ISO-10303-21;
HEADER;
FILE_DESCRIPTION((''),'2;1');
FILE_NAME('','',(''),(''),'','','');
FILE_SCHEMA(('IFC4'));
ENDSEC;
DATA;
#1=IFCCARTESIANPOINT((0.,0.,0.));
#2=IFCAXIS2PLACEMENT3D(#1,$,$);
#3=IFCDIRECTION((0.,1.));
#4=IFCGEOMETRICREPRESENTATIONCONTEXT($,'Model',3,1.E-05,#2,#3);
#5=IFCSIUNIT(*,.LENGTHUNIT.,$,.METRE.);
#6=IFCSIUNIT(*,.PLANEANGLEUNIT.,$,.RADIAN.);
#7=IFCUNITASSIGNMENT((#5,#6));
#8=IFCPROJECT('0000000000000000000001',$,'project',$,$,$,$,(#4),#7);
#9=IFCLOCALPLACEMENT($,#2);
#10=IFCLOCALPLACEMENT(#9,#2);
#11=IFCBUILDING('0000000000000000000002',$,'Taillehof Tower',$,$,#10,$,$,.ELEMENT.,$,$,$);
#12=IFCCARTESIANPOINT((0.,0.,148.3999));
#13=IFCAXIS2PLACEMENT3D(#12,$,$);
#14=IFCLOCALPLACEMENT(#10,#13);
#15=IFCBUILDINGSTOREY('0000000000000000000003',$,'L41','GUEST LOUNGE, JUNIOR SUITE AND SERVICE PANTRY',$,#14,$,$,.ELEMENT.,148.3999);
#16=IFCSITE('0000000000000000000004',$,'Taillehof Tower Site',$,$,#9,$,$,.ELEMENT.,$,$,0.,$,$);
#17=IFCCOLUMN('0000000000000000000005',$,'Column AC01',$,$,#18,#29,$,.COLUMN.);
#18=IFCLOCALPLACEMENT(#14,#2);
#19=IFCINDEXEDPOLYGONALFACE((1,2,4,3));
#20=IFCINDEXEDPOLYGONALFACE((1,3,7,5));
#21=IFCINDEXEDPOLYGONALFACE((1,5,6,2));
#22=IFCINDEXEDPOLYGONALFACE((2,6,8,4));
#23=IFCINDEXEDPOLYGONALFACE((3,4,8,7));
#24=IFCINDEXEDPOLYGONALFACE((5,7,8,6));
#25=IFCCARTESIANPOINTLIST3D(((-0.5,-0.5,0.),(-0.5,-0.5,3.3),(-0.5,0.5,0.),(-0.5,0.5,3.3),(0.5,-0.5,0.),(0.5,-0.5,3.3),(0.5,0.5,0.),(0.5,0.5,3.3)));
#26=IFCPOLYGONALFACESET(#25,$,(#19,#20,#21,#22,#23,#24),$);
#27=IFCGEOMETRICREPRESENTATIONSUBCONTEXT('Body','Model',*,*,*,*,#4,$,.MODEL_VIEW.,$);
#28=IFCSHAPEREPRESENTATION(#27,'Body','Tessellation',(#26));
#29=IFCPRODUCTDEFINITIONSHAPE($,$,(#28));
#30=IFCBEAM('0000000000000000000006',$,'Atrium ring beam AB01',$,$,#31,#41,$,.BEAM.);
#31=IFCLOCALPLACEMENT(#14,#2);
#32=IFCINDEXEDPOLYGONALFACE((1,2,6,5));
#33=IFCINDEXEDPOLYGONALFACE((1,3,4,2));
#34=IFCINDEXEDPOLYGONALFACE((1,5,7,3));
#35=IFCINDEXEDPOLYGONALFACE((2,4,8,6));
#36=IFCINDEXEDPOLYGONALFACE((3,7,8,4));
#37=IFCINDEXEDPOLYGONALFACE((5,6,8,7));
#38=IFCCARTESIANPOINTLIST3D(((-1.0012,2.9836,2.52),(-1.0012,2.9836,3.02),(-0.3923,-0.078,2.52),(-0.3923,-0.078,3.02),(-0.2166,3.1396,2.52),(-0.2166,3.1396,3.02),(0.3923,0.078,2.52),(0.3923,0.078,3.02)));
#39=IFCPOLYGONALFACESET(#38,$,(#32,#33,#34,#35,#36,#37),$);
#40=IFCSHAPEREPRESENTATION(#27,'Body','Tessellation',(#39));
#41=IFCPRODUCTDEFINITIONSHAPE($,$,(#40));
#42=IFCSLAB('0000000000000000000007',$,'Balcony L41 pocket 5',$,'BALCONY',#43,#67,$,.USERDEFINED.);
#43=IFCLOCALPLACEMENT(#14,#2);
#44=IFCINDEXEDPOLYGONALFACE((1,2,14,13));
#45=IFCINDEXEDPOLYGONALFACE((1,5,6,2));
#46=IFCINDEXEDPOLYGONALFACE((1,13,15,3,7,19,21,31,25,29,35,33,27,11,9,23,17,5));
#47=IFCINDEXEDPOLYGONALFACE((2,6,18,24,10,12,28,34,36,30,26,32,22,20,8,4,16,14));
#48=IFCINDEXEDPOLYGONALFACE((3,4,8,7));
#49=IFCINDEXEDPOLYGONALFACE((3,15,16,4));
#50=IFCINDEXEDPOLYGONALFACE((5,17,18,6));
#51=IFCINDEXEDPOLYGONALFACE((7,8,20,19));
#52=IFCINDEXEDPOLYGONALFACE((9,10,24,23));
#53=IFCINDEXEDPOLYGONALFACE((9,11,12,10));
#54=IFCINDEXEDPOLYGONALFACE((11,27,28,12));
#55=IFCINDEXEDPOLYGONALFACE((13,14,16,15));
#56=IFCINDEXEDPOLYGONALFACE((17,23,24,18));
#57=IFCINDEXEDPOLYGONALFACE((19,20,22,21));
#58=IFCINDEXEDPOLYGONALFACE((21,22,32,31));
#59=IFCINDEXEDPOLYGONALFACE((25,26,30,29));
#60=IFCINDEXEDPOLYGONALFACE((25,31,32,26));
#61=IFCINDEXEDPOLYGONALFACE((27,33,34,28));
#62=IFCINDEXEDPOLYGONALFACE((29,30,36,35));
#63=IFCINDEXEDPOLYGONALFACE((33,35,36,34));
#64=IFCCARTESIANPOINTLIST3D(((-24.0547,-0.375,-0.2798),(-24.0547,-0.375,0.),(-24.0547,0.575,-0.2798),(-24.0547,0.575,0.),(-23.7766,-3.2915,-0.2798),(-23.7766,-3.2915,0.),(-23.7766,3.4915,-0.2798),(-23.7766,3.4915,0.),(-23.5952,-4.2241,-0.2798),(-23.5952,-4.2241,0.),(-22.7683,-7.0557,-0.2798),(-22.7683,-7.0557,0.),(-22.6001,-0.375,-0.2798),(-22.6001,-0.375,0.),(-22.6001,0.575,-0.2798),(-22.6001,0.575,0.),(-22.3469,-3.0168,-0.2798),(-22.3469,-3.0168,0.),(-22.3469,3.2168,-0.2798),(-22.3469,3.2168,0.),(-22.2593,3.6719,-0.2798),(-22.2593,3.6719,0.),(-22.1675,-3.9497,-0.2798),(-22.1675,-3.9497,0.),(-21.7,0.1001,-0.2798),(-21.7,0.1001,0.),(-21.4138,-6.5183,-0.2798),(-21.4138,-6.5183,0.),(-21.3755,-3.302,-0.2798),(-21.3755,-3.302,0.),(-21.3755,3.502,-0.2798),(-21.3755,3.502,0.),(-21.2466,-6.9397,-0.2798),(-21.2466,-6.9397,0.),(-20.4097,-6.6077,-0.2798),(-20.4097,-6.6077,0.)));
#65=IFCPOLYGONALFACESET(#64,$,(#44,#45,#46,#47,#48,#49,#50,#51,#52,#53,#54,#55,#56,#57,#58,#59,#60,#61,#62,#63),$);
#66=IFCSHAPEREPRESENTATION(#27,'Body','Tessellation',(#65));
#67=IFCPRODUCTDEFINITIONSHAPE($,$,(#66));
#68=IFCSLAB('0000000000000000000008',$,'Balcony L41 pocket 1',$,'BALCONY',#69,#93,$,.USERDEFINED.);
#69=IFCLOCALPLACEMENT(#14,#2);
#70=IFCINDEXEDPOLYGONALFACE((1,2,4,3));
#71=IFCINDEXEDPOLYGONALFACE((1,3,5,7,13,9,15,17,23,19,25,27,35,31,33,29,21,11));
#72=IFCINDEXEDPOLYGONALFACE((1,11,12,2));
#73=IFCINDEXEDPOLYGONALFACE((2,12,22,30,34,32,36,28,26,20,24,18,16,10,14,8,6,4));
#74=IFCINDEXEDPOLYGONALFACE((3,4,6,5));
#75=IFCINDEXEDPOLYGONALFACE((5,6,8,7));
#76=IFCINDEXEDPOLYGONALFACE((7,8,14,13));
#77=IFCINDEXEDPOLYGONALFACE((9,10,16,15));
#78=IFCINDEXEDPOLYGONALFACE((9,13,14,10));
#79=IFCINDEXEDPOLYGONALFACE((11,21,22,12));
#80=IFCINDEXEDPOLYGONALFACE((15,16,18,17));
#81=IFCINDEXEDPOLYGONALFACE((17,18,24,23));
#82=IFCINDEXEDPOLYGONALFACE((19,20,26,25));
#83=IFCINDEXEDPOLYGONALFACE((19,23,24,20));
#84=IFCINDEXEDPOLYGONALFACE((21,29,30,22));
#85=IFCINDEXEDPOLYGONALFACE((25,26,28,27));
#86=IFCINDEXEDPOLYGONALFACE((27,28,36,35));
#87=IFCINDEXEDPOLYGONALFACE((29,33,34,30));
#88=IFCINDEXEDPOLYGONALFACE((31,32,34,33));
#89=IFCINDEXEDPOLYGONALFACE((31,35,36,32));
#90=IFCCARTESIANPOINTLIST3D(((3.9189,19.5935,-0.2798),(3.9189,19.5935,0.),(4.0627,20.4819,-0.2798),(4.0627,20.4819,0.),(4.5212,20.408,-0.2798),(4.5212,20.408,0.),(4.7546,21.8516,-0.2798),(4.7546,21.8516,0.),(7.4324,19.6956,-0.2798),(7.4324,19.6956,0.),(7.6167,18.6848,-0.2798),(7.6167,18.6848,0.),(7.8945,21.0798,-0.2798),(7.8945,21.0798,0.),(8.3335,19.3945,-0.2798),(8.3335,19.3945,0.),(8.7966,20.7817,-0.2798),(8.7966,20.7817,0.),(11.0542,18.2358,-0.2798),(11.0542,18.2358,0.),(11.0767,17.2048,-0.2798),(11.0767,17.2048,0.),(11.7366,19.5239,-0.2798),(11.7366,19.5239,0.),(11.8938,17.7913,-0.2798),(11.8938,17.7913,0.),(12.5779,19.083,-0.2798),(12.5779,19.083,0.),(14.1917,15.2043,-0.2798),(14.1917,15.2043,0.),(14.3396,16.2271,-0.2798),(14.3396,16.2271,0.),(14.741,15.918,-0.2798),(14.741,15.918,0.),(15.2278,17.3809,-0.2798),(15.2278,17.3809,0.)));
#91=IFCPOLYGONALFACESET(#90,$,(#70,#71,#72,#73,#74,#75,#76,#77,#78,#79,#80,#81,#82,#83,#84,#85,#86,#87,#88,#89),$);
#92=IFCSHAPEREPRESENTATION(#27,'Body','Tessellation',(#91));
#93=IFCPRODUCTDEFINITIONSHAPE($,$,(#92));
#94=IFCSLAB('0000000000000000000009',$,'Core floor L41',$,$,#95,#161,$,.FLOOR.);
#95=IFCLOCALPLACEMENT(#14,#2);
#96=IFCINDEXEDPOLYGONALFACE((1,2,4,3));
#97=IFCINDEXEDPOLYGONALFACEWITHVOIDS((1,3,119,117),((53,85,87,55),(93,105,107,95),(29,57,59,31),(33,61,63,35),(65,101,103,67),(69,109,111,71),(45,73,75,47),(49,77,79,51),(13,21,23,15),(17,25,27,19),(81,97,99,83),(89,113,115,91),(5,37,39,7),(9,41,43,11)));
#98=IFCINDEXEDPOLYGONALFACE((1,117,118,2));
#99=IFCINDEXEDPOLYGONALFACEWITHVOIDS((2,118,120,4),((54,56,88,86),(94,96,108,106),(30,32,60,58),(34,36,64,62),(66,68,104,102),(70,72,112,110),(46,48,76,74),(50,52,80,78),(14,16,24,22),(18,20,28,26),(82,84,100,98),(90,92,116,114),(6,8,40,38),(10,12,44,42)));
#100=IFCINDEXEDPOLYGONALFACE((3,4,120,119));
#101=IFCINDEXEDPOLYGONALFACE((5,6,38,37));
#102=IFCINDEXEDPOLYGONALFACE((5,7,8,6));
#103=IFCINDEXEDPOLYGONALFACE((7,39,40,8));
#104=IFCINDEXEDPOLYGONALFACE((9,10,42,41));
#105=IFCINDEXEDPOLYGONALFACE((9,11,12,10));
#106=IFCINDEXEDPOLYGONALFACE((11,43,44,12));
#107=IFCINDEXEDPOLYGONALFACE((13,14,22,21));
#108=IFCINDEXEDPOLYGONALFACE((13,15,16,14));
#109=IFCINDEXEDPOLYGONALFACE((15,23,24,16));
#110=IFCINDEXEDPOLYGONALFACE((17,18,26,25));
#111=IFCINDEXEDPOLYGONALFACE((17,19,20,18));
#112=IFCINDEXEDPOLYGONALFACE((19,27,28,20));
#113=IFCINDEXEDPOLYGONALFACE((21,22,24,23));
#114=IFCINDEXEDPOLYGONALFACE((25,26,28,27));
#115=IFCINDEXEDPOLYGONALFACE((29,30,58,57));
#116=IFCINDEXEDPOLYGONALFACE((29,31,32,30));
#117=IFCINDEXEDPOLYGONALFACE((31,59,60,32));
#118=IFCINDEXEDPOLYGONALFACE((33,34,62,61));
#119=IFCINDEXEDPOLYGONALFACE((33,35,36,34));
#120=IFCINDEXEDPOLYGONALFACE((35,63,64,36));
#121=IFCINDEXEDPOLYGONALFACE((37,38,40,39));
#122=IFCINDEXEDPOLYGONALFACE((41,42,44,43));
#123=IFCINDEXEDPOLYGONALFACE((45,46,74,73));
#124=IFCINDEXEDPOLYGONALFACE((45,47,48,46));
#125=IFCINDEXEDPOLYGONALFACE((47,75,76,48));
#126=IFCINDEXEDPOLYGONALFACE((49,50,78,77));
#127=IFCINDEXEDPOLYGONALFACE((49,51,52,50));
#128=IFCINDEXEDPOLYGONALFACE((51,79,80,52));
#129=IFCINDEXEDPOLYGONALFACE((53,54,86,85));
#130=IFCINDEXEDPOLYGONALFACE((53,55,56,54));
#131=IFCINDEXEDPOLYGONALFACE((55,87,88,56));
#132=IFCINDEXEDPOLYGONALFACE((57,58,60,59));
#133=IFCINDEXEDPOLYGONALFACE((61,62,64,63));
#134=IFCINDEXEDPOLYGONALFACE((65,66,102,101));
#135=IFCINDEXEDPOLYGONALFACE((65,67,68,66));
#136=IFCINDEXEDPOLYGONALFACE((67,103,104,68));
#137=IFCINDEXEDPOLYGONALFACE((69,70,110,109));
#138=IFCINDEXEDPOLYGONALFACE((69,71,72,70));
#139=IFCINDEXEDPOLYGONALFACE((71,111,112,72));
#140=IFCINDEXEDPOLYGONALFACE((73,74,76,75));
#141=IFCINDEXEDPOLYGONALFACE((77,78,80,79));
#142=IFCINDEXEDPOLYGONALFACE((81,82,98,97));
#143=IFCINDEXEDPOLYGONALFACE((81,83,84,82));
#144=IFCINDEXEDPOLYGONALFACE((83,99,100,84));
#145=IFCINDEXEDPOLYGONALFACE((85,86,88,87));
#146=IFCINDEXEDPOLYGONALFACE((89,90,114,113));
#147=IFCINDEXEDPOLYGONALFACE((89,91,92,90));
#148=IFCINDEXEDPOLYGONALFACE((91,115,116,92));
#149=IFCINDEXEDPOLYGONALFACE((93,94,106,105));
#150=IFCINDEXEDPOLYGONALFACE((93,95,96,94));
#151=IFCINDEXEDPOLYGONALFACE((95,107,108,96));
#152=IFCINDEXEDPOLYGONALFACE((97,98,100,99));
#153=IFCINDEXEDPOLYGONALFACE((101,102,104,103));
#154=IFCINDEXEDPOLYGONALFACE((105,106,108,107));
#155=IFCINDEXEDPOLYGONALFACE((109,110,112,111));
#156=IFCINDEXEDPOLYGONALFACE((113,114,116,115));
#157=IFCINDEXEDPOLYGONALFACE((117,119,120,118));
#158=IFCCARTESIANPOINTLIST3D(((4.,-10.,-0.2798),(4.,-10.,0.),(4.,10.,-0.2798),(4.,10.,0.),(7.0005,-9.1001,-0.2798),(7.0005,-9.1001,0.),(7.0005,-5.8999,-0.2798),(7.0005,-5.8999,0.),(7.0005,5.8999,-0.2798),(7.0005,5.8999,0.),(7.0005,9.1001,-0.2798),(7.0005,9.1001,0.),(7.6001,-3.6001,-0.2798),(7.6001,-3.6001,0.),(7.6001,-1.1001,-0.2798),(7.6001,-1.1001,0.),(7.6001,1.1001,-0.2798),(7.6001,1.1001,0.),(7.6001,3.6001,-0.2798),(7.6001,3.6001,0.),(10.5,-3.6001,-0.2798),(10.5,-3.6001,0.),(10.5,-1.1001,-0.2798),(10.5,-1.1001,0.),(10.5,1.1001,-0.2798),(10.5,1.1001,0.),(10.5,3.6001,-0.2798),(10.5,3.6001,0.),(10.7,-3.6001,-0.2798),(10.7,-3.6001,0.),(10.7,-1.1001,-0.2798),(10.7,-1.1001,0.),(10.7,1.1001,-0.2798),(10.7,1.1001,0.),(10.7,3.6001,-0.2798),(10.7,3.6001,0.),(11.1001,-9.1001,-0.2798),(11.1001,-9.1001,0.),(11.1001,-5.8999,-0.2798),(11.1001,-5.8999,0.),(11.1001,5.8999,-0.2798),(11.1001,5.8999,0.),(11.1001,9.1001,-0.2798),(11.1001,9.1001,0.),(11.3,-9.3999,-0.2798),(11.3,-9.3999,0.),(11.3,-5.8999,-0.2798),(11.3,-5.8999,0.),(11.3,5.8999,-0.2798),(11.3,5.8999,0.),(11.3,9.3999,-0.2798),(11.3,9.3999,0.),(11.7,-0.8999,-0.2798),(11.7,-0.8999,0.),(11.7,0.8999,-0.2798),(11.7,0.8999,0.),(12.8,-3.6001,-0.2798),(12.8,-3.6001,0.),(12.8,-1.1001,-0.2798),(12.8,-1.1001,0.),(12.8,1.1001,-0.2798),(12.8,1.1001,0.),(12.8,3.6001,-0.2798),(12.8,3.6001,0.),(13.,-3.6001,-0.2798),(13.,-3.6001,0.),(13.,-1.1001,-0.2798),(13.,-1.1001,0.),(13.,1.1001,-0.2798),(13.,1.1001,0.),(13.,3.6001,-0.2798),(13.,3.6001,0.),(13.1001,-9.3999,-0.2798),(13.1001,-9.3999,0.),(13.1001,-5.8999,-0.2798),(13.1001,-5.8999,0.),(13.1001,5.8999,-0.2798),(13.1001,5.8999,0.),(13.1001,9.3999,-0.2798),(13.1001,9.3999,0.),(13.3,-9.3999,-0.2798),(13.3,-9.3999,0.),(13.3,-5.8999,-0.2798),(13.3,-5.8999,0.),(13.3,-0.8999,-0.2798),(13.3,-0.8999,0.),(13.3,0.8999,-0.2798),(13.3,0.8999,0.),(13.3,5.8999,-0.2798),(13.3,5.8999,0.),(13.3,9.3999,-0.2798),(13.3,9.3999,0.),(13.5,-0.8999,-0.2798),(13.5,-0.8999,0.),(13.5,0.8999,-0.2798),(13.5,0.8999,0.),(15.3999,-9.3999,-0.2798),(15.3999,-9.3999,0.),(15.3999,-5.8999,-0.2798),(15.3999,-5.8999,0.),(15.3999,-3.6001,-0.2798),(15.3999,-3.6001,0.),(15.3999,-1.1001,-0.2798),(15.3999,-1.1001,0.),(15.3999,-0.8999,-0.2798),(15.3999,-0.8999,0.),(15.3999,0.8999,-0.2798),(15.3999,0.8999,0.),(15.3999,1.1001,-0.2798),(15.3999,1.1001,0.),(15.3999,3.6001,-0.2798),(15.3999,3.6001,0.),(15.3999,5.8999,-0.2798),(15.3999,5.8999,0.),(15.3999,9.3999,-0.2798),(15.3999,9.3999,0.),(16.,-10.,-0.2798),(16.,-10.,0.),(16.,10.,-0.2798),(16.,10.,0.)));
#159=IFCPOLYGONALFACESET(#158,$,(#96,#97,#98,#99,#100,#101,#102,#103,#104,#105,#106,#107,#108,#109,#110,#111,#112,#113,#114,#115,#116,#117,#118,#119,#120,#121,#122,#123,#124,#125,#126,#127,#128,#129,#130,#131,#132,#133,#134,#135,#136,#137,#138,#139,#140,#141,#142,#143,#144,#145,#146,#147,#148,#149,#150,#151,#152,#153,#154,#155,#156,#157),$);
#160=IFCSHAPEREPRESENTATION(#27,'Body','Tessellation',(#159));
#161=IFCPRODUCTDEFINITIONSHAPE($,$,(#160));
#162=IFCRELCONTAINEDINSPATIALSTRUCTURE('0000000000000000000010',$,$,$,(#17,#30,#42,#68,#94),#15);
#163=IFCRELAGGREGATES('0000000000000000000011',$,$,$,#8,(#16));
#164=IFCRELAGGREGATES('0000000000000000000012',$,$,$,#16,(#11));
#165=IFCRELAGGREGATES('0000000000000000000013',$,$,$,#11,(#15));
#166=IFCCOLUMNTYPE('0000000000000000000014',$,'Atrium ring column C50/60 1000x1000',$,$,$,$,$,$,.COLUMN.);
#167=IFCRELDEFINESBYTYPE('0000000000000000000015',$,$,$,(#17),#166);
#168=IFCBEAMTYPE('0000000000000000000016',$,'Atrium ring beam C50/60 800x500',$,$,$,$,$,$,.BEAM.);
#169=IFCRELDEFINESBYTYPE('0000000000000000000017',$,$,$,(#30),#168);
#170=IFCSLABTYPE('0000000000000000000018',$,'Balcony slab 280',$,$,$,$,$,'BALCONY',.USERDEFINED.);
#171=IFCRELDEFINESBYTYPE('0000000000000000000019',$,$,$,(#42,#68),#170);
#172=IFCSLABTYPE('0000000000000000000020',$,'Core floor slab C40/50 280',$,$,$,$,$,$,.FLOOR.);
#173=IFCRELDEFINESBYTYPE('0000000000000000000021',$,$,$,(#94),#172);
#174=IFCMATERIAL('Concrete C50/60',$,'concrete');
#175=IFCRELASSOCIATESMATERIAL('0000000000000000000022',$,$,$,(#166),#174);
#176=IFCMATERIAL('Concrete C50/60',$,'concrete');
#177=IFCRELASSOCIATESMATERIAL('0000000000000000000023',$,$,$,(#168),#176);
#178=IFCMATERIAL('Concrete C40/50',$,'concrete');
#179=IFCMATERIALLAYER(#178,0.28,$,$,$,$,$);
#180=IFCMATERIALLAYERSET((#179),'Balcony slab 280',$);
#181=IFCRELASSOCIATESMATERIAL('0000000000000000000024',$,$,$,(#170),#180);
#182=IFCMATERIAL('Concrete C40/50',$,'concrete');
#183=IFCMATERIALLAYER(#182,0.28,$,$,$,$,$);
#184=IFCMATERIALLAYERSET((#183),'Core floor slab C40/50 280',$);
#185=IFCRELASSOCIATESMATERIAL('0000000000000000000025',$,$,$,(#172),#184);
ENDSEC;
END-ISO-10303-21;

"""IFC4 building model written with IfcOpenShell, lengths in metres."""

from ifc_helpers import new_model, si_unit, direction, frame, origin, origin_with_axes, origin_2d, place, context, subcontext, project, spatial, polyline, rectangle, outline, extrude, material, layer, layer_set, material_profile, profile_set, type_object, element, save


model = new_model("IFC4")

# Units and contexts
model_context = context("Model", 3, precision=1e-05, world=origin(), true_north=direction((0.0, 1.0)))
body_context = subcontext(model_context, "Body", "Model", "MODEL_VIEW")
ifc_project = project(units=[si_unit("LENGTHUNIT", "METRE"), si_unit("PLANEANGLEUNIT", "RADIAN")], contexts=[model_context])

# Site, building, storey
site_placement = place(None, origin())
site = spatial("IfcSite", under=ifc_project, at=site_placement, Name="Taillehof Tower Site", CompositionType="ELEMENT", RefElevation=0.0)
building_placement = place(site_placement, origin())
building = spatial("IfcBuilding", under=site, at=building_placement, Name="Taillehof Tower", CompositionType="ELEMENT")
storey_placement = place(building_placement, frame((0.0, 0.0, 148.3999)))
storey = spatial("IfcBuildingStorey", under=building, at=storey_placement, Name="L41", Description="GUEST LOUNGE, JUNIOR SUITE AND SERVICE PANTRY", CompositionType="ELEMENT", Elevation=148.3999)

# Column
ifc_material_1 = material(Name="Concrete C50/60", Category="concrete")
ifc_material_profile_1 = material_profile(ifc_material_1, rectangle(XDim=1.0, YDim=1.0, at=origin_2d()), Name="RC 1000x1000")
ifc_profile_set_1 = profile_set([ifc_material_profile_1], Name="Concrete C50/60")
column_type = type_object("IfcColumnType", Name="Atrium ring column C50/60 1000x1000", PredefinedType="COLUMN", material=ifc_profile_set_1)
column_placement = place(storey_placement, origin_with_axes())
element("IfcColumn", 1, at=column_placement, inside=storey, type_object=column_type, Name="Column AC01", PredefinedType="COLUMN", context=body_context, shape_type="SweptSolid", body=[
    extrude(rectangle(XDim=1.0, YDim=1.0, at=origin_2d()), origin(), (0.0, 0.0, 1.0), 3.3),
])

# Beam
ifc_material_2 = material(Name="Concrete C50/60", Category="concrete")
ifc_material_profile_2 = material_profile(ifc_material_2, rectangle(XDim=0.8, YDim=0.5, at=origin_2d()), Name="RC 800x500")
ifc_profile_set_2 = profile_set([ifc_material_profile_2], Name="Concrete C50/60")
beam_type = type_object("IfcBeamType", Name="Atrium ring beam C50/60 800x500", PredefinedType="BEAM", material=ifc_profile_set_2)
beam_placement = place(storey_placement, frame((0.0, 0.0, 2.77), z_axis=(-0.195063, 0.980791, 0.0), x_axis=(-0.980791, -0.195063, 0.0)))
element("IfcBeam", 2, at=beam_placement, inside=storey, type_object=beam_type, Name="Atrium ring beam AB01", PredefinedType="BEAM", context=body_context, shape_type="SweptSolid", body=[
    extrude(rectangle(XDim=0.8, YDim=0.5, at=origin_2d()), origin(), (0.0, 0.0, 1.0), 3.1216),
])

# Slabs
ifc_material_3 = material(Name="Concrete C40/50", Category="concrete")
ifc_layer_1 = layer(ifc_material_3, 0.28)
ifc_layer_set_1 = layer_set([ifc_layer_1], Name="Balcony slab 280")
slab_type_1 = type_object("IfcSlabType", Name="Balcony slab 280", ElementType="BALCONY", PredefinedType="USERDEFINED", material=ifc_layer_set_1)
slab_1_placement = place(storey_placement, frame((0.0, 0.0, -0.2798)))
element("IfcSlab", 3, at=slab_1_placement, inside=storey, type_object=slab_type_1, Name="Balcony L41 pocket 5", ObjectType="BALCONY", PredefinedType="USERDEFINED", context=body_context, shape_type="SweptSolid", body=[
    extrude(outline(polyline([(-20.4097, -6.6077), (-21.2466, -6.9397), (-21.4138, -6.5183), (-22.7683, -7.0557), (-23.5952, -4.2241), (-22.1675, -3.9497), (-22.3469, -3.0168), (-23.7766, -3.2915), (-24.0547, -0.375), (-22.6001, -0.375), (-22.6001, 0.575), (-24.0547, 0.575), (-23.7766, 3.4915), (-22.3469, 3.2168), (-22.2593, 3.6719), (-21.3755, 3.502), (-21.7, 0.1001), (-21.3755, -3.302), (-20.4097, -6.6077)])), origin(), (0.0, 0.0, 1.0), 0.2798),
])
slab_2_placement = place(storey_placement, frame((0.0, 0.0, -0.2798)))
element("IfcSlab", 4, at=slab_2_placement, inside=storey, type_object=slab_type_1, Name="Balcony L41 pocket 1", ObjectType="BALCONY", PredefinedType="USERDEFINED", context=body_context, shape_type="SweptSolid", body=[
    extrude(outline(polyline([(3.9189, 19.5935), (4.0627, 20.4819), (4.5212, 20.408), (4.7546, 21.8516), (7.8945, 21.0798), (7.4324, 19.6956), (8.3335, 19.3945), (8.7966, 20.7817), (11.7366, 19.5239), (11.0542, 18.2358), (11.8938, 17.7913), (12.5779, 19.083), (15.2278, 17.3809), (14.3396, 16.2271), (14.741, 15.918), (14.1917, 15.2043), (11.0767, 17.2048), (7.6167, 18.6848), (3.9189, 19.5935)])), origin(), (0.0, 0.0, 1.0), 0.2798),
])
ifc_material_4 = material(Name="Concrete C40/50", Category="concrete")
ifc_layer_2 = layer(ifc_material_4, 0.28)
ifc_layer_set_2 = layer_set([ifc_layer_2], Name="Core floor slab C40/50 280")
slab_type_2 = type_object("IfcSlabType", Name="Core floor slab C40/50 280", PredefinedType="FLOOR", material=ifc_layer_set_2)
slab_3_placement = place(storey_placement, frame((0.0, 0.0, -0.2798)))
element("IfcSlab", 5, at=slab_3_placement, inside=storey, type_object=slab_type_2, Name="Core floor L41", PredefinedType="FLOOR", context=body_context, shape_type="SweptSolid", body=[
    extrude(outline(polyline([(4.0, -10.0), (4.0, 10.0), (16.0, 10.0), (16.0, -10.0), (4.0, -10.0)]), holes=[polyline([(11.1001, -9.1001), (11.1001, -5.8999), (7.0005, -5.8999), (7.0005, -9.1001), (11.1001, -9.1001)]), polyline([(10.5, -3.6001), (10.5, -1.1001), (7.6001, -1.1001), (7.6001, -3.6001), (10.5, -3.6001)]), polyline([(12.8, -3.6001), (12.8, -1.1001), (10.7, -1.1001), (10.7, -3.6001), (12.8, -3.6001)]), polyline([(10.5, 1.1001), (10.5, 3.6001), (7.6001, 3.6001), (7.6001, 1.1001), (10.5, 1.1001)]), polyline([(12.8, 1.1001), (12.8, 3.6001), (10.7, 3.6001), (10.7, 1.1001), (12.8, 1.1001)]), polyline([(11.1001, 5.8999), (11.1001, 9.1001), (7.0005, 9.1001), (7.0005, 5.8999), (11.1001, 5.8999)]), polyline([(13.1001, 5.8999), (13.1001, 9.3999), (11.3, 9.3999), (11.3, 5.8999), (13.1001, 5.8999)]), polyline([(13.1001, -5.8999), (11.3, -5.8999), (11.3, -9.3999), (13.1001, -9.3999), (13.1001, -5.8999)]), polyline([(15.3999, -9.3999), (15.3999, -5.8999), (13.3, -5.8999), (13.3, -9.3999), (15.3999, -9.3999)]), polyline([(15.3999, -3.6001), (15.3999, -1.1001), (13.0, -1.1001), (13.0, -3.6001), (15.3999, -3.6001)]), polyline([(13.3, -0.8999), (13.3, 0.8999), (11.7, 0.8999), (11.7, -0.8999), (13.3, -0.8999)]), polyline([(15.3999, -0.8999), (15.3999, 0.8999), (13.5, 0.8999), (13.5, -0.8999), (15.3999, -0.8999)]), polyline([(15.3999, 1.1001), (15.3999, 3.6001), (13.0, 3.6001), (13.0, 1.1001), (15.3999, 1.1001)]), polyline([(15.3999, 5.8999), (15.3999, 9.3999), (13.3, 9.3999), (13.3, 5.8999), (15.3999, 5.8999)])]), origin(), (0.0, 0.0, 1.0), 0.2798),
])

save(model, "model.ifc")
